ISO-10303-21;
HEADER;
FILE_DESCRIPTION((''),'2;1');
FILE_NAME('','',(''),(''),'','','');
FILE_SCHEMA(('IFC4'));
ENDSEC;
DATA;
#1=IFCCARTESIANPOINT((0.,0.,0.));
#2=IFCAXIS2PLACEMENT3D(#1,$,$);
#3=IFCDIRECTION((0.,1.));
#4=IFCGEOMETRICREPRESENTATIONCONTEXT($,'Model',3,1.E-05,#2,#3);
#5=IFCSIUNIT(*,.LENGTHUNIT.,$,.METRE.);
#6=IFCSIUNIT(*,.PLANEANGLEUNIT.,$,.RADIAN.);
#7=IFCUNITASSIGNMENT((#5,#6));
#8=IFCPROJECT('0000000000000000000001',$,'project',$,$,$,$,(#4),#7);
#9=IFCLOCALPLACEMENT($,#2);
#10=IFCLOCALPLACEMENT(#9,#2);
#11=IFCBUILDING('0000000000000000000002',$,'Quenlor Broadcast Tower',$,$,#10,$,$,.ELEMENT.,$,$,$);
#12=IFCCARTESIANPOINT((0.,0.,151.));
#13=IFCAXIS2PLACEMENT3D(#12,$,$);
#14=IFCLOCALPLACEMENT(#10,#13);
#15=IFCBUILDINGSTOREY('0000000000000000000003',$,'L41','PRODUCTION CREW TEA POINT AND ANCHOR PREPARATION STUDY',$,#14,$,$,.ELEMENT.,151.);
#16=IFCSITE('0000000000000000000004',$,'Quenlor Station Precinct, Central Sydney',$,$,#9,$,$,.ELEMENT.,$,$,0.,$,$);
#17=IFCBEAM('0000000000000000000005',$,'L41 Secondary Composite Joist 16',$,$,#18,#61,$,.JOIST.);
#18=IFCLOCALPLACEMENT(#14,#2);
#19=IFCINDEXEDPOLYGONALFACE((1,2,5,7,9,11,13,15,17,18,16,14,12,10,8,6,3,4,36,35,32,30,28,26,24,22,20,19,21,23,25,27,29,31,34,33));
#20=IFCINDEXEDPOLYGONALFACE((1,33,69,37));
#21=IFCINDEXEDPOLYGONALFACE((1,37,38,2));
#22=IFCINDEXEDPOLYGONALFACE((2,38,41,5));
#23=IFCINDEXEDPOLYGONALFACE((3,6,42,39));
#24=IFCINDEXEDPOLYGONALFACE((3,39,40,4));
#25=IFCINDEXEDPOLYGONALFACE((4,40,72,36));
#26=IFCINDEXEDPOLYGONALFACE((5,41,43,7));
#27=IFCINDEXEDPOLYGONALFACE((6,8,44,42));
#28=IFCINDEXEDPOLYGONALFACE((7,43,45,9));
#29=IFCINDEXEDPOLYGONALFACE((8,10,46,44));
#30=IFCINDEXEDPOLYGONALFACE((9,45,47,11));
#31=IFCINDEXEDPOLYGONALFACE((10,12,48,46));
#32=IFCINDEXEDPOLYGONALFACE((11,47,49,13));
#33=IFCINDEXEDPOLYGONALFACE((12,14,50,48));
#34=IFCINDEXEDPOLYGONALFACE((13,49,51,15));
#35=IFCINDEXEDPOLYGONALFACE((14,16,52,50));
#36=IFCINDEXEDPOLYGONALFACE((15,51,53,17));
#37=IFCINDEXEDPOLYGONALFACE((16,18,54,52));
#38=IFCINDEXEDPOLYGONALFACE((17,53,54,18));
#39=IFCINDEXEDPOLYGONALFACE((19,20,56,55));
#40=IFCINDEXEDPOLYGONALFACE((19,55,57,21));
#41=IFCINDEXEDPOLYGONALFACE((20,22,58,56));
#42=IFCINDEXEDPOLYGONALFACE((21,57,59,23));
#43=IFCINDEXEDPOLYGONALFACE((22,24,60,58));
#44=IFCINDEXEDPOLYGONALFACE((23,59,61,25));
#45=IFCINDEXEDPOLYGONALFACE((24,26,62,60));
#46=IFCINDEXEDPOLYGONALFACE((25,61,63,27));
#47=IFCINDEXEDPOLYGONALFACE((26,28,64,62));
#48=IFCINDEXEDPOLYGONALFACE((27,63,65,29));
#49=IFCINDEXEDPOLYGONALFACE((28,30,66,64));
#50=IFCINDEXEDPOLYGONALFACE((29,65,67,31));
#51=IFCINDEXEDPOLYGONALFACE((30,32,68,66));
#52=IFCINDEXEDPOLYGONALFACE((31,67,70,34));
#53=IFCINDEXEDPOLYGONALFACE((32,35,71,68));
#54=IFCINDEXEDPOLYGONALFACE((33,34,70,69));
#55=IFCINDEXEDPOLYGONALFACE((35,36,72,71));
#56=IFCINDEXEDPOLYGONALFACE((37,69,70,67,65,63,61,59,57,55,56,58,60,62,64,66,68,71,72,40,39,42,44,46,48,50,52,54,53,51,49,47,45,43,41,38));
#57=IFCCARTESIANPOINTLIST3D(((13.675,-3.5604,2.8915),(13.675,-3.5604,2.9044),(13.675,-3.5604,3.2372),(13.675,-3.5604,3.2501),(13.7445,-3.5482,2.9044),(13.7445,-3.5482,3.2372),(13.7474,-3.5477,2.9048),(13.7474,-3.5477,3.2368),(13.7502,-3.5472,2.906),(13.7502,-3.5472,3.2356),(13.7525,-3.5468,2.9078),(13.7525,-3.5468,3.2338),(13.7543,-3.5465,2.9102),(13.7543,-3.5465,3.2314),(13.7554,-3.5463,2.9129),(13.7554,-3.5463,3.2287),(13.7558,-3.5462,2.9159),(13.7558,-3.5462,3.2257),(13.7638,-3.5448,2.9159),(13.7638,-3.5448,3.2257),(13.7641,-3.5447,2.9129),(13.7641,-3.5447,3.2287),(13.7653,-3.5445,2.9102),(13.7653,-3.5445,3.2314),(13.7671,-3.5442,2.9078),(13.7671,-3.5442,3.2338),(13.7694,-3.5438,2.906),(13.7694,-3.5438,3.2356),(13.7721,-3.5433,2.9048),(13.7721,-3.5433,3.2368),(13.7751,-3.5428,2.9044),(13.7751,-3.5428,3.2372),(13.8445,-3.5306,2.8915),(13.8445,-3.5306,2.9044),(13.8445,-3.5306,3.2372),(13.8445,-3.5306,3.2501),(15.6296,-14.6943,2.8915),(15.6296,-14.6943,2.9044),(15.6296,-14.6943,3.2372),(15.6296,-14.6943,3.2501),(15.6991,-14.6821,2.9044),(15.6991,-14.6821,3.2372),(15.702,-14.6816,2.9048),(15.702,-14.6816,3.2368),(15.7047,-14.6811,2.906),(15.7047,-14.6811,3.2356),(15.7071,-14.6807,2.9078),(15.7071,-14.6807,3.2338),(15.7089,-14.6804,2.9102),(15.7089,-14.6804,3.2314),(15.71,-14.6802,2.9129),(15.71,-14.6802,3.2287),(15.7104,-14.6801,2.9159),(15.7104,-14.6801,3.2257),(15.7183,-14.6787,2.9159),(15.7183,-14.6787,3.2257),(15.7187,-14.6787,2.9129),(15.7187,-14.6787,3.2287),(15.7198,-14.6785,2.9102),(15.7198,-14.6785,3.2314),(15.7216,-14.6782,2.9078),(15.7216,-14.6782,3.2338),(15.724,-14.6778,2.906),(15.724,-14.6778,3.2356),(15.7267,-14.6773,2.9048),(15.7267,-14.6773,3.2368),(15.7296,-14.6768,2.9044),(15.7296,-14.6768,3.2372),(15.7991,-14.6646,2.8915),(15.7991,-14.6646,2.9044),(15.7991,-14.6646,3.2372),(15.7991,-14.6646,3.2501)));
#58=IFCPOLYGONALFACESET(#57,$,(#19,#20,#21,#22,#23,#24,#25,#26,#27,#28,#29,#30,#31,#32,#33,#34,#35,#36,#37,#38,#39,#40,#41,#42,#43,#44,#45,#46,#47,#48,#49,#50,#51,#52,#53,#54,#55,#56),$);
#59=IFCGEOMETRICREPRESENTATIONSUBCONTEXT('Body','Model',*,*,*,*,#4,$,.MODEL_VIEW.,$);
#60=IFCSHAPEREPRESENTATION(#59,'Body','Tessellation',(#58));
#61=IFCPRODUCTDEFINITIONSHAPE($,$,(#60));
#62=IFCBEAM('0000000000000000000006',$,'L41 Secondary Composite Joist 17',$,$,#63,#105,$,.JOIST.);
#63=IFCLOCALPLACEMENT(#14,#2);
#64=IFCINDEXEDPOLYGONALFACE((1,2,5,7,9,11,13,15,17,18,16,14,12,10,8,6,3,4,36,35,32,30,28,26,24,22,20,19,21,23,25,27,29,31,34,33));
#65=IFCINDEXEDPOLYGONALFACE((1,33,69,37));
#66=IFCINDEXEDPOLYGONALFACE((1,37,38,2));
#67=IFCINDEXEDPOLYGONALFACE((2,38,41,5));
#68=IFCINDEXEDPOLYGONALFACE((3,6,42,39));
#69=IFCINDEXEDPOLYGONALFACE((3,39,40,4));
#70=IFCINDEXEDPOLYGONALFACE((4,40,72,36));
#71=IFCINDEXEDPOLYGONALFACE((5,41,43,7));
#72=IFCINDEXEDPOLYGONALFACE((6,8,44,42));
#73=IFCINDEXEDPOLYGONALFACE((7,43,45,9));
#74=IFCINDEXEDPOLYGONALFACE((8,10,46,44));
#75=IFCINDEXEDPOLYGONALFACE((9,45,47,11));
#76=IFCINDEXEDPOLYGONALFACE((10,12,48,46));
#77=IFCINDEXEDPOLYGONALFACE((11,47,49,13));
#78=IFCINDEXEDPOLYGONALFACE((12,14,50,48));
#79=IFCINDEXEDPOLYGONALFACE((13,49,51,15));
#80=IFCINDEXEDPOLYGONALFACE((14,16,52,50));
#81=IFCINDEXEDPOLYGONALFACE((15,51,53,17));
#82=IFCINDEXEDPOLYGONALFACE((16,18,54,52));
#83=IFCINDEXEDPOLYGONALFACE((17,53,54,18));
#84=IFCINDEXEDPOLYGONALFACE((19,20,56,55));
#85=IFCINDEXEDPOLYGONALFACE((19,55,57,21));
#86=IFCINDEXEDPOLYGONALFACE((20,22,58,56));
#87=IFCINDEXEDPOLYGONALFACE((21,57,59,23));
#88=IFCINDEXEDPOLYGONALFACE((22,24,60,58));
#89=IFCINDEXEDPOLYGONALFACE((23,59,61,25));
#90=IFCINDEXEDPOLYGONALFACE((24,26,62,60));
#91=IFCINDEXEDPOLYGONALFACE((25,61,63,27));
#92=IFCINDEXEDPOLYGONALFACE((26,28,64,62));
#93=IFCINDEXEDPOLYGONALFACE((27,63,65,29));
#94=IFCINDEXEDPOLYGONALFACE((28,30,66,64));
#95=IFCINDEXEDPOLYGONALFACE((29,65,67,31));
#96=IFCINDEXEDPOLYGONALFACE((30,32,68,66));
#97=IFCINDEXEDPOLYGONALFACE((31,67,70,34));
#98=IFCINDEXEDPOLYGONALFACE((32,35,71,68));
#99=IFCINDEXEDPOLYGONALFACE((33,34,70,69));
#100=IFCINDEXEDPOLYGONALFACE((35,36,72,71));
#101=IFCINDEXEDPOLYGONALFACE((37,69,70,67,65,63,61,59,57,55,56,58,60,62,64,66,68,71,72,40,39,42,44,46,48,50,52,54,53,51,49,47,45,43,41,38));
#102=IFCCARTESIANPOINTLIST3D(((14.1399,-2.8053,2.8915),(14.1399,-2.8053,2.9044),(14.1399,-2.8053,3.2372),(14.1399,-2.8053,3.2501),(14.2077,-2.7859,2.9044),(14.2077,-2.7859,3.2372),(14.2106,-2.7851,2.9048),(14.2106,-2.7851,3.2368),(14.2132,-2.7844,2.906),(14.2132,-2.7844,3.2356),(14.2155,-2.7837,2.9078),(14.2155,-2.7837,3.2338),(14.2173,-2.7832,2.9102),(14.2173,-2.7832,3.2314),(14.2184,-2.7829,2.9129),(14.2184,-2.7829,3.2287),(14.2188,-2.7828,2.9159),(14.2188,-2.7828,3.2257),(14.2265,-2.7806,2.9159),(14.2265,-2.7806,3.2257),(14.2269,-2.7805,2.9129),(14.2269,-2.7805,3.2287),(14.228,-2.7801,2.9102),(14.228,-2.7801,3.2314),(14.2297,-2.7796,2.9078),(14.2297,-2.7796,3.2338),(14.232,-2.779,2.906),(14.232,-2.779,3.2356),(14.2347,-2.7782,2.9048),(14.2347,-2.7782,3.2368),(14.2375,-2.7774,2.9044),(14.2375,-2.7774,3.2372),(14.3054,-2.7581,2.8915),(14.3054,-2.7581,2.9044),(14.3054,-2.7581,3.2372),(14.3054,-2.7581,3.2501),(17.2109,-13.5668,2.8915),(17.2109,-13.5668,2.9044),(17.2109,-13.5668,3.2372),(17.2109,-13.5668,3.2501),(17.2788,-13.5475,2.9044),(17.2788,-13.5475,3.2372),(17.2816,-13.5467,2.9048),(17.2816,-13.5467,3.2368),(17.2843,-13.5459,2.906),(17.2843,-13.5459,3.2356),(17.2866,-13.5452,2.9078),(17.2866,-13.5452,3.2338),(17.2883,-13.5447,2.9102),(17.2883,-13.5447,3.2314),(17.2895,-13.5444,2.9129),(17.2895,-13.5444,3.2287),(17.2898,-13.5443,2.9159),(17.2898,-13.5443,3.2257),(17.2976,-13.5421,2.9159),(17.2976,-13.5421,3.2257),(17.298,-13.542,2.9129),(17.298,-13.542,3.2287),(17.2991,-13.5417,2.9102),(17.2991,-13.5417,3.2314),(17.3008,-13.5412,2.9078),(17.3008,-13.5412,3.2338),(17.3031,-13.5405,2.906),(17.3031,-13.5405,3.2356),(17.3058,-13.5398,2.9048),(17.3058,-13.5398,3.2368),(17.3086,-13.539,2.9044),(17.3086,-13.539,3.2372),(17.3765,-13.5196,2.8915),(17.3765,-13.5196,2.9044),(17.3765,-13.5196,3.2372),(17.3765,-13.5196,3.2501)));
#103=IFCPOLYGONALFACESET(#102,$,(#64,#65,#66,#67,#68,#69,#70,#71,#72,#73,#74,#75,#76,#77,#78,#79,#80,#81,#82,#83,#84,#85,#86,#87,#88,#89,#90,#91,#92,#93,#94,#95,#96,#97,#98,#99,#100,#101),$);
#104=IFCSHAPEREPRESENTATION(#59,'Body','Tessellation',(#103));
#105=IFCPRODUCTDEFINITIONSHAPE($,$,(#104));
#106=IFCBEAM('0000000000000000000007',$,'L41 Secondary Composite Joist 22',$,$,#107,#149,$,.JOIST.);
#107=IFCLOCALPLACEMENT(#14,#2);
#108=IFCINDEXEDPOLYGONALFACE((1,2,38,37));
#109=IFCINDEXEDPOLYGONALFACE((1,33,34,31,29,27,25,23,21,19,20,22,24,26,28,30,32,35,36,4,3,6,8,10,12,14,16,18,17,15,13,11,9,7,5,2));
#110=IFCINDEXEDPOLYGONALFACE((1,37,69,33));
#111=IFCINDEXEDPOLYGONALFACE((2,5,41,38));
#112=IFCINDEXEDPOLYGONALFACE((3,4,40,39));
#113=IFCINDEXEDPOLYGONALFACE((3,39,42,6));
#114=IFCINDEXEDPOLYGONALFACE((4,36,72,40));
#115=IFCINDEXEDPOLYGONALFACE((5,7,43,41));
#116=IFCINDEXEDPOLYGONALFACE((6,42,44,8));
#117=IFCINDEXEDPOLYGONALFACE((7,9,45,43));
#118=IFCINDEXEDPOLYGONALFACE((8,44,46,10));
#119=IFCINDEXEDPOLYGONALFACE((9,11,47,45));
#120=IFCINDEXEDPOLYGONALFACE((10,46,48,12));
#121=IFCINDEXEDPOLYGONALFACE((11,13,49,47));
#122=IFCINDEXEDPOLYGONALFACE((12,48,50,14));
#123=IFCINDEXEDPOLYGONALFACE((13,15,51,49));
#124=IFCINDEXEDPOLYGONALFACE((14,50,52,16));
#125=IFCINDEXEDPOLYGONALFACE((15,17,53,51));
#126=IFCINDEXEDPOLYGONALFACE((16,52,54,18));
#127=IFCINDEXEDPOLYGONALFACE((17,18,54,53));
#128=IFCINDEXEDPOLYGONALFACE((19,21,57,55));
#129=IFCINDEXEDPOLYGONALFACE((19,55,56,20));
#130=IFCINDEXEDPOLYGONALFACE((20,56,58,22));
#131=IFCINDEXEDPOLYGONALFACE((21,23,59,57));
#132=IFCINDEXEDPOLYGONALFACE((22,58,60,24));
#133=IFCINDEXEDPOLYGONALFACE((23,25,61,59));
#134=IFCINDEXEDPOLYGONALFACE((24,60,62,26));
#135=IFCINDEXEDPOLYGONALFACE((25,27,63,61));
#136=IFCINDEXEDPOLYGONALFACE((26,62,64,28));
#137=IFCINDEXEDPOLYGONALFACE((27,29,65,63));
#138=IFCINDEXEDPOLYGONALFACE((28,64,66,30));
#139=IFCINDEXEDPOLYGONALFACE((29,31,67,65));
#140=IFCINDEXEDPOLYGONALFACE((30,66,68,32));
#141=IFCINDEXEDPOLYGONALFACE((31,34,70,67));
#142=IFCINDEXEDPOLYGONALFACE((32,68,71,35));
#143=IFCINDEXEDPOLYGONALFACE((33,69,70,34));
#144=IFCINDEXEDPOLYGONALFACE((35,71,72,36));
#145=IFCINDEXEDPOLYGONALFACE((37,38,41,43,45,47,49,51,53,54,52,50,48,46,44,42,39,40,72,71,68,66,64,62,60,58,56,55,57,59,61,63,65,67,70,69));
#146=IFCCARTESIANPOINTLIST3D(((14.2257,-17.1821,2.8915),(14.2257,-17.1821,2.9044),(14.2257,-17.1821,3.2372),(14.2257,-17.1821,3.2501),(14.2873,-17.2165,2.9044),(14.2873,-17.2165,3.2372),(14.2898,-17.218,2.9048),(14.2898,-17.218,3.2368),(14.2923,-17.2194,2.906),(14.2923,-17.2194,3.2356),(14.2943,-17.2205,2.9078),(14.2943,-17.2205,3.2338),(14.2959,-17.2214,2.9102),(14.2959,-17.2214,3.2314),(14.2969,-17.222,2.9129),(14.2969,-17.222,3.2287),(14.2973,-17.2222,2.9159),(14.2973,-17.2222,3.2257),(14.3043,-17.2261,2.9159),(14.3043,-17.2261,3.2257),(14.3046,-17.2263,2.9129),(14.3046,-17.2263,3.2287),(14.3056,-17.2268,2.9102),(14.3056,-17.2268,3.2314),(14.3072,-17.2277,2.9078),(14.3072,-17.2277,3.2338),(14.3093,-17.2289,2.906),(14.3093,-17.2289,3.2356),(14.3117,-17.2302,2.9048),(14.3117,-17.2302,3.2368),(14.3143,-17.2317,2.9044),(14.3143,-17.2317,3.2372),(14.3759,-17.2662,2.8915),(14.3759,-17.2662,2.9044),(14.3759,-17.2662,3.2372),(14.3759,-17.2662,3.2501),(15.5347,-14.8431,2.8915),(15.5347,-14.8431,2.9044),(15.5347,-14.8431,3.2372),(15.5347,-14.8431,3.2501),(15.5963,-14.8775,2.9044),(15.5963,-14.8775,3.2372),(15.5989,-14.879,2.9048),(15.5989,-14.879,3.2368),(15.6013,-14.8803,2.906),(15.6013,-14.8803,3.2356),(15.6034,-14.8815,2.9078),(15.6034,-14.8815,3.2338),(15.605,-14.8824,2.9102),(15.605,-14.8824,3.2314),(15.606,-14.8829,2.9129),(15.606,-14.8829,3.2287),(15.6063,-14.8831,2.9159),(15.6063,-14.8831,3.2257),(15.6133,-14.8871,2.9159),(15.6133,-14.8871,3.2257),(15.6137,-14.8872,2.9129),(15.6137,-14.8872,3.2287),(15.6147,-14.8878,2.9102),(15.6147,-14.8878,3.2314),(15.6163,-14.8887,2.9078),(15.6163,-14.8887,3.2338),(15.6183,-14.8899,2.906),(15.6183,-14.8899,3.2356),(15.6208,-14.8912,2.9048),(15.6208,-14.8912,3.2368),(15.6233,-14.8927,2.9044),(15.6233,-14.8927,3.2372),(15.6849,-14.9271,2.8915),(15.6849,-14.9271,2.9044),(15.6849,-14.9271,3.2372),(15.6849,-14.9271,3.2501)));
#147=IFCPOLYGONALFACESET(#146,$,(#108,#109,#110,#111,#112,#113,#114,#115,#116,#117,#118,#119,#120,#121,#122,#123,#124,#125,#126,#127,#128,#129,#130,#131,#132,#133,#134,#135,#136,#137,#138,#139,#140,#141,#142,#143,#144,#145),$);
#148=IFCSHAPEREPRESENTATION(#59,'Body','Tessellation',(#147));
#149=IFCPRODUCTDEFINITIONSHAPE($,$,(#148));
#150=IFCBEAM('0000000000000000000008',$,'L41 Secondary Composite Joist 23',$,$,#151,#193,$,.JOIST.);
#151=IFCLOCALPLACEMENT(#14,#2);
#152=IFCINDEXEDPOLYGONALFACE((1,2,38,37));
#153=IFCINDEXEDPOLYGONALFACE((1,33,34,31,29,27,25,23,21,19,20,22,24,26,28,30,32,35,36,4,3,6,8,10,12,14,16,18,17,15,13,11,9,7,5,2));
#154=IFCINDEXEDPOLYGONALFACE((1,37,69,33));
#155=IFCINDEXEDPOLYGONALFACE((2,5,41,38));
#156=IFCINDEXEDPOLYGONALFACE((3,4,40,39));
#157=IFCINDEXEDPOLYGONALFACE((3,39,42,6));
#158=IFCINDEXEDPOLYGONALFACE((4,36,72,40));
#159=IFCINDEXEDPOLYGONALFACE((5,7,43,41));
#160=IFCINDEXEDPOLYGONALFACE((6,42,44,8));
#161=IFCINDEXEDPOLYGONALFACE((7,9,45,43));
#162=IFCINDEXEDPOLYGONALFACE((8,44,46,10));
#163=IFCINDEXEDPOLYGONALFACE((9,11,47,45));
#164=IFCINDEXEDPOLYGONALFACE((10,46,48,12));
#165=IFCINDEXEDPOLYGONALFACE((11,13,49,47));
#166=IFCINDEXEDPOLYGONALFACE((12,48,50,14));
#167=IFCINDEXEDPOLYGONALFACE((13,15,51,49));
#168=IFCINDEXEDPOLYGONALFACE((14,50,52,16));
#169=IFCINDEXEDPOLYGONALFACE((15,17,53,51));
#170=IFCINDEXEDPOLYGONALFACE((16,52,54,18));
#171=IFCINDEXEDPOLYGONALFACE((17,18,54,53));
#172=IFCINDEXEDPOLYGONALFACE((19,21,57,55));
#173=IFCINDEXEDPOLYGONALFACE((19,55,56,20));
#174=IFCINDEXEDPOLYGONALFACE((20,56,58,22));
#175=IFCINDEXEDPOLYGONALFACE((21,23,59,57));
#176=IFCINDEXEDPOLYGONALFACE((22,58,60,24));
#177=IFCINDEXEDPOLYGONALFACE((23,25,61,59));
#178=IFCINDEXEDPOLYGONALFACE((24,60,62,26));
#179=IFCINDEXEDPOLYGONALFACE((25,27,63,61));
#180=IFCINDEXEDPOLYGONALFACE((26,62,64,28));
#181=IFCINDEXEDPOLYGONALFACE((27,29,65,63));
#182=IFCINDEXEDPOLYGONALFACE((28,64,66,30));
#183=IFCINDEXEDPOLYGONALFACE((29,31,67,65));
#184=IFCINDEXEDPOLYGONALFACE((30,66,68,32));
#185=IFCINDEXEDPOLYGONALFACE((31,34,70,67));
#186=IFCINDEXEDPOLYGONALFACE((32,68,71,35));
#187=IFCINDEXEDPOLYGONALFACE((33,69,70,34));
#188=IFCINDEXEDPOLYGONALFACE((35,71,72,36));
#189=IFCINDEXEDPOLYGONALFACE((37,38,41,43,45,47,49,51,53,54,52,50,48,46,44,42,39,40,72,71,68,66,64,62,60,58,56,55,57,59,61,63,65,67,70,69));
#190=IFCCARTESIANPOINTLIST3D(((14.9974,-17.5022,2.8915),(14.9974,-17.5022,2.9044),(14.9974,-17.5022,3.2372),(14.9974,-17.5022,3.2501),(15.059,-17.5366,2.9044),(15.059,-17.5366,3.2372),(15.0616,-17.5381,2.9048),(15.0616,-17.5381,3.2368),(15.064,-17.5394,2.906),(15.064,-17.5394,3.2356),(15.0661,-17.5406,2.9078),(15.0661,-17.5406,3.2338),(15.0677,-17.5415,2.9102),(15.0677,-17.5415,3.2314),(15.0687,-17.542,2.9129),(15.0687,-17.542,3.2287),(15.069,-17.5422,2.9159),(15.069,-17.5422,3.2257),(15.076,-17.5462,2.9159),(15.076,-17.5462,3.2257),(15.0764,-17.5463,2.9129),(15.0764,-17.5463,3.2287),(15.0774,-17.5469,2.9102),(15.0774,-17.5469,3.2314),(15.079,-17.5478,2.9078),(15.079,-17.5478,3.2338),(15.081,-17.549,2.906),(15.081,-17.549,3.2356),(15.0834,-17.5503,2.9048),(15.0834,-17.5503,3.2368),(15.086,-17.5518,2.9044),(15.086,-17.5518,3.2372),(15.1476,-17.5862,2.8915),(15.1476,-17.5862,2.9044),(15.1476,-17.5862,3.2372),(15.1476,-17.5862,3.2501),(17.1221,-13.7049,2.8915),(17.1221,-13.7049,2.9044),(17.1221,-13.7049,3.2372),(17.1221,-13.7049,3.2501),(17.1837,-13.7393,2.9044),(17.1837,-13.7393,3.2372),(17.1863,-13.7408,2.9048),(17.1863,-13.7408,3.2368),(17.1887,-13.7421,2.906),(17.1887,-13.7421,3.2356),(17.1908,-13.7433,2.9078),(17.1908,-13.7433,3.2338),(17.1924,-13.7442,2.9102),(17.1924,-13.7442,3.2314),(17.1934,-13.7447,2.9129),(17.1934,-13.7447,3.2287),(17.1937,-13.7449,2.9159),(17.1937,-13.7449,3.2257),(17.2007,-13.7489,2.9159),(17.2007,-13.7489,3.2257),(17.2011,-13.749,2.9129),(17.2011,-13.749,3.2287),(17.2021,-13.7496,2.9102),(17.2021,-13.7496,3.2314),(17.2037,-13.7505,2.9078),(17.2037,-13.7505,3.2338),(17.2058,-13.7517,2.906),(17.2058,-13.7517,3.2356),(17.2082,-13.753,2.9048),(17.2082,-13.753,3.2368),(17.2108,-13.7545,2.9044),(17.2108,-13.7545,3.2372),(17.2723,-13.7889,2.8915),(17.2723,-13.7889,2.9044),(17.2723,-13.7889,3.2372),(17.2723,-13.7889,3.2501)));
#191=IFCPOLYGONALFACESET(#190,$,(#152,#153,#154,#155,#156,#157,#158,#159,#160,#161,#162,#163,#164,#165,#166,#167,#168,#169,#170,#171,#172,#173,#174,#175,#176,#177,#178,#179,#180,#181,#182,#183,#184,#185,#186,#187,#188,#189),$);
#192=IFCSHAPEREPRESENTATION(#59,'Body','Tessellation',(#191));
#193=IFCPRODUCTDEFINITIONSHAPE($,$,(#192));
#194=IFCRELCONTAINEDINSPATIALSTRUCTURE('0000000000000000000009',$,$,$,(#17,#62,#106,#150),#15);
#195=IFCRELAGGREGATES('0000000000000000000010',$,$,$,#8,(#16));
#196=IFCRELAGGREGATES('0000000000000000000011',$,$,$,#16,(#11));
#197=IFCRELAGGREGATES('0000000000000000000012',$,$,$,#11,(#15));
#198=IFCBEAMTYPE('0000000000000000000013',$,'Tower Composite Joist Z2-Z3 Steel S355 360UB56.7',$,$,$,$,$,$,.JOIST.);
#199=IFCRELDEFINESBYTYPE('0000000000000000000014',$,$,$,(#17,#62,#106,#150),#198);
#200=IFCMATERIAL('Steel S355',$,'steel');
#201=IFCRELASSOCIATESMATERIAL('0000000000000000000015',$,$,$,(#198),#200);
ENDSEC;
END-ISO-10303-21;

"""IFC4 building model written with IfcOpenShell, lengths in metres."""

from ifc_helpers import new_model, si_unit, direction, frame, origin, origin_2d, place, context, subcontext, project, spatial, i_section, extrude, material, material_profile, profile_set, type_object, element, save


model = new_model("IFC4")

# Units and contexts
model_context = context("Model", 3, precision=1e-05, world=origin(), true_north=direction((0.0, 1.0)))
body_context = subcontext(model_context, "Body", "Model", "MODEL_VIEW")
ifc_project = project(units=[si_unit("LENGTHUNIT", "METRE"), si_unit("PLANEANGLEUNIT", "RADIAN")], contexts=[model_context])

# Site, building, storey
site_placement = place(None, origin())
site = spatial("IfcSite", under=ifc_project, at=site_placement, Name="Quenlor Station Precinct, Central Sydney", CompositionType="ELEMENT", RefElevation=0.0)
building_placement = place(site_placement, origin())
building = spatial("IfcBuilding", under=site, at=building_placement, Name="Quenlor Broadcast Tower", CompositionType="ELEMENT")
storey_placement = place(building_placement, frame((0.0, 0.0, 151.0)))
storey = spatial("IfcBuildingStorey", under=building, at=storey_placement, Name="L41", Description="PRODUCTION CREW TEA POINT AND ANCHOR PREPARATION STUDY", CompositionType="ELEMENT", Elevation=151.0)

# Beams
ifc_material_1 = material(Name="Steel S355", Category="steel")
ifc_material_profile_1 = material_profile(ifc_material_1, i_section(OverallWidth=0.1721, OverallDepth=0.3586, WebThickness=0.0081, FlangeThickness=0.0129, FilletRadius=0.0115, at=origin_2d()))
ifc_profile_set_1 = profile_set([ifc_material_profile_1], Name="Steel S355 360UB56.7")
beam_type_1 = type_object("IfcBeamType", Name="Tower Composite Joist Z2-Z3 Steel S355 360UB56.7", PredefinedType="JOIST", material=ifc_profile_set_1)
beam_1_placement = place(storey_placement, frame((15.7144, -14.6794, 3.0708), z_axis=(-0.172907, 0.984938, 0.0), x_axis=(-0.984938, -0.172907, 0.0)))
element("IfcBeam", 1, at=beam_1_placement, inside=storey, type_object=beam_type_1, Name="L41 Secondary Composite Joist 16", PredefinedType="JOIST", context=body_context, shape_type="SweptSolid", body=[
    extrude(i_section(OverallWidth=0.1721, OverallDepth=0.3586, WebThickness=0.0081, FlangeThickness=0.0129, FilletRadius=0.0115, at=origin_2d()), origin(), (0.0, 0.0, 1.0), 11.3042),
])
beam_2_placement = place(storey_placement, frame((17.2937, -13.5432, 3.0708), z_axis=(-0.274419, 0.96161, 0.0), x_axis=(-0.96161, -0.274419, 0.0)))
element("IfcBeam", 2, at=beam_2_placement, inside=storey, type_object=beam_type_1, Name="L41 Secondary Composite Joist 17", PredefinedType="JOIST", context=body_context, shape_type="SweptSolid", body=[
    extrude(i_section(OverallWidth=0.1721, OverallDepth=0.3586, WebThickness=0.0081, FlangeThickness=0.0129, FilletRadius=0.0115, at=origin_2d()), origin(), (0.0, 0.0, 1.0), 11.1912),
])
beam_3_placement = place(storey_placement, frame((14.3008, -17.2241, 3.0708), z_axis=(0.48837, 0.872636, 0.0), x_axis=(-0.872636, 0.48837, 0.0)))
element("IfcBeam", 3, at=beam_3_placement, inside=storey, type_object=beam_type_1, Name="L41 Secondary Composite Joist 22", PredefinedType="JOIST", context=body_context, shape_type="SweptSolid", body=[
    extrude(i_section(OverallWidth=0.1721, OverallDepth=0.3586, WebThickness=0.0081, FlangeThickness=0.0129, FilletRadius=0.0115, at=origin_2d()), origin(), (0.0, 0.0, 1.0), 2.6804),
])
beam_4_placement = place(storey_placement, frame((15.0725, -17.5442, 3.0708), z_axis=(0.488294, 0.872679, 0.0), x_axis=(-0.872679, 0.488294, 0.0)))
element("IfcBeam", 4, at=beam_4_placement, inside=storey, type_object=beam_type_1, Name="L41 Secondary Composite Joist 23", PredefinedType="JOIST", context=body_context, shape_type="SweptSolid", body=[
    extrude(i_section(OverallWidth=0.1721, OverallDepth=0.3586, WebThickness=0.0081, FlangeThickness=0.0129, FilletRadius=0.0115, at=origin_2d()), origin(), (0.0, 0.0, 1.0), 4.3513),
])

save(model, "model.ifc")
